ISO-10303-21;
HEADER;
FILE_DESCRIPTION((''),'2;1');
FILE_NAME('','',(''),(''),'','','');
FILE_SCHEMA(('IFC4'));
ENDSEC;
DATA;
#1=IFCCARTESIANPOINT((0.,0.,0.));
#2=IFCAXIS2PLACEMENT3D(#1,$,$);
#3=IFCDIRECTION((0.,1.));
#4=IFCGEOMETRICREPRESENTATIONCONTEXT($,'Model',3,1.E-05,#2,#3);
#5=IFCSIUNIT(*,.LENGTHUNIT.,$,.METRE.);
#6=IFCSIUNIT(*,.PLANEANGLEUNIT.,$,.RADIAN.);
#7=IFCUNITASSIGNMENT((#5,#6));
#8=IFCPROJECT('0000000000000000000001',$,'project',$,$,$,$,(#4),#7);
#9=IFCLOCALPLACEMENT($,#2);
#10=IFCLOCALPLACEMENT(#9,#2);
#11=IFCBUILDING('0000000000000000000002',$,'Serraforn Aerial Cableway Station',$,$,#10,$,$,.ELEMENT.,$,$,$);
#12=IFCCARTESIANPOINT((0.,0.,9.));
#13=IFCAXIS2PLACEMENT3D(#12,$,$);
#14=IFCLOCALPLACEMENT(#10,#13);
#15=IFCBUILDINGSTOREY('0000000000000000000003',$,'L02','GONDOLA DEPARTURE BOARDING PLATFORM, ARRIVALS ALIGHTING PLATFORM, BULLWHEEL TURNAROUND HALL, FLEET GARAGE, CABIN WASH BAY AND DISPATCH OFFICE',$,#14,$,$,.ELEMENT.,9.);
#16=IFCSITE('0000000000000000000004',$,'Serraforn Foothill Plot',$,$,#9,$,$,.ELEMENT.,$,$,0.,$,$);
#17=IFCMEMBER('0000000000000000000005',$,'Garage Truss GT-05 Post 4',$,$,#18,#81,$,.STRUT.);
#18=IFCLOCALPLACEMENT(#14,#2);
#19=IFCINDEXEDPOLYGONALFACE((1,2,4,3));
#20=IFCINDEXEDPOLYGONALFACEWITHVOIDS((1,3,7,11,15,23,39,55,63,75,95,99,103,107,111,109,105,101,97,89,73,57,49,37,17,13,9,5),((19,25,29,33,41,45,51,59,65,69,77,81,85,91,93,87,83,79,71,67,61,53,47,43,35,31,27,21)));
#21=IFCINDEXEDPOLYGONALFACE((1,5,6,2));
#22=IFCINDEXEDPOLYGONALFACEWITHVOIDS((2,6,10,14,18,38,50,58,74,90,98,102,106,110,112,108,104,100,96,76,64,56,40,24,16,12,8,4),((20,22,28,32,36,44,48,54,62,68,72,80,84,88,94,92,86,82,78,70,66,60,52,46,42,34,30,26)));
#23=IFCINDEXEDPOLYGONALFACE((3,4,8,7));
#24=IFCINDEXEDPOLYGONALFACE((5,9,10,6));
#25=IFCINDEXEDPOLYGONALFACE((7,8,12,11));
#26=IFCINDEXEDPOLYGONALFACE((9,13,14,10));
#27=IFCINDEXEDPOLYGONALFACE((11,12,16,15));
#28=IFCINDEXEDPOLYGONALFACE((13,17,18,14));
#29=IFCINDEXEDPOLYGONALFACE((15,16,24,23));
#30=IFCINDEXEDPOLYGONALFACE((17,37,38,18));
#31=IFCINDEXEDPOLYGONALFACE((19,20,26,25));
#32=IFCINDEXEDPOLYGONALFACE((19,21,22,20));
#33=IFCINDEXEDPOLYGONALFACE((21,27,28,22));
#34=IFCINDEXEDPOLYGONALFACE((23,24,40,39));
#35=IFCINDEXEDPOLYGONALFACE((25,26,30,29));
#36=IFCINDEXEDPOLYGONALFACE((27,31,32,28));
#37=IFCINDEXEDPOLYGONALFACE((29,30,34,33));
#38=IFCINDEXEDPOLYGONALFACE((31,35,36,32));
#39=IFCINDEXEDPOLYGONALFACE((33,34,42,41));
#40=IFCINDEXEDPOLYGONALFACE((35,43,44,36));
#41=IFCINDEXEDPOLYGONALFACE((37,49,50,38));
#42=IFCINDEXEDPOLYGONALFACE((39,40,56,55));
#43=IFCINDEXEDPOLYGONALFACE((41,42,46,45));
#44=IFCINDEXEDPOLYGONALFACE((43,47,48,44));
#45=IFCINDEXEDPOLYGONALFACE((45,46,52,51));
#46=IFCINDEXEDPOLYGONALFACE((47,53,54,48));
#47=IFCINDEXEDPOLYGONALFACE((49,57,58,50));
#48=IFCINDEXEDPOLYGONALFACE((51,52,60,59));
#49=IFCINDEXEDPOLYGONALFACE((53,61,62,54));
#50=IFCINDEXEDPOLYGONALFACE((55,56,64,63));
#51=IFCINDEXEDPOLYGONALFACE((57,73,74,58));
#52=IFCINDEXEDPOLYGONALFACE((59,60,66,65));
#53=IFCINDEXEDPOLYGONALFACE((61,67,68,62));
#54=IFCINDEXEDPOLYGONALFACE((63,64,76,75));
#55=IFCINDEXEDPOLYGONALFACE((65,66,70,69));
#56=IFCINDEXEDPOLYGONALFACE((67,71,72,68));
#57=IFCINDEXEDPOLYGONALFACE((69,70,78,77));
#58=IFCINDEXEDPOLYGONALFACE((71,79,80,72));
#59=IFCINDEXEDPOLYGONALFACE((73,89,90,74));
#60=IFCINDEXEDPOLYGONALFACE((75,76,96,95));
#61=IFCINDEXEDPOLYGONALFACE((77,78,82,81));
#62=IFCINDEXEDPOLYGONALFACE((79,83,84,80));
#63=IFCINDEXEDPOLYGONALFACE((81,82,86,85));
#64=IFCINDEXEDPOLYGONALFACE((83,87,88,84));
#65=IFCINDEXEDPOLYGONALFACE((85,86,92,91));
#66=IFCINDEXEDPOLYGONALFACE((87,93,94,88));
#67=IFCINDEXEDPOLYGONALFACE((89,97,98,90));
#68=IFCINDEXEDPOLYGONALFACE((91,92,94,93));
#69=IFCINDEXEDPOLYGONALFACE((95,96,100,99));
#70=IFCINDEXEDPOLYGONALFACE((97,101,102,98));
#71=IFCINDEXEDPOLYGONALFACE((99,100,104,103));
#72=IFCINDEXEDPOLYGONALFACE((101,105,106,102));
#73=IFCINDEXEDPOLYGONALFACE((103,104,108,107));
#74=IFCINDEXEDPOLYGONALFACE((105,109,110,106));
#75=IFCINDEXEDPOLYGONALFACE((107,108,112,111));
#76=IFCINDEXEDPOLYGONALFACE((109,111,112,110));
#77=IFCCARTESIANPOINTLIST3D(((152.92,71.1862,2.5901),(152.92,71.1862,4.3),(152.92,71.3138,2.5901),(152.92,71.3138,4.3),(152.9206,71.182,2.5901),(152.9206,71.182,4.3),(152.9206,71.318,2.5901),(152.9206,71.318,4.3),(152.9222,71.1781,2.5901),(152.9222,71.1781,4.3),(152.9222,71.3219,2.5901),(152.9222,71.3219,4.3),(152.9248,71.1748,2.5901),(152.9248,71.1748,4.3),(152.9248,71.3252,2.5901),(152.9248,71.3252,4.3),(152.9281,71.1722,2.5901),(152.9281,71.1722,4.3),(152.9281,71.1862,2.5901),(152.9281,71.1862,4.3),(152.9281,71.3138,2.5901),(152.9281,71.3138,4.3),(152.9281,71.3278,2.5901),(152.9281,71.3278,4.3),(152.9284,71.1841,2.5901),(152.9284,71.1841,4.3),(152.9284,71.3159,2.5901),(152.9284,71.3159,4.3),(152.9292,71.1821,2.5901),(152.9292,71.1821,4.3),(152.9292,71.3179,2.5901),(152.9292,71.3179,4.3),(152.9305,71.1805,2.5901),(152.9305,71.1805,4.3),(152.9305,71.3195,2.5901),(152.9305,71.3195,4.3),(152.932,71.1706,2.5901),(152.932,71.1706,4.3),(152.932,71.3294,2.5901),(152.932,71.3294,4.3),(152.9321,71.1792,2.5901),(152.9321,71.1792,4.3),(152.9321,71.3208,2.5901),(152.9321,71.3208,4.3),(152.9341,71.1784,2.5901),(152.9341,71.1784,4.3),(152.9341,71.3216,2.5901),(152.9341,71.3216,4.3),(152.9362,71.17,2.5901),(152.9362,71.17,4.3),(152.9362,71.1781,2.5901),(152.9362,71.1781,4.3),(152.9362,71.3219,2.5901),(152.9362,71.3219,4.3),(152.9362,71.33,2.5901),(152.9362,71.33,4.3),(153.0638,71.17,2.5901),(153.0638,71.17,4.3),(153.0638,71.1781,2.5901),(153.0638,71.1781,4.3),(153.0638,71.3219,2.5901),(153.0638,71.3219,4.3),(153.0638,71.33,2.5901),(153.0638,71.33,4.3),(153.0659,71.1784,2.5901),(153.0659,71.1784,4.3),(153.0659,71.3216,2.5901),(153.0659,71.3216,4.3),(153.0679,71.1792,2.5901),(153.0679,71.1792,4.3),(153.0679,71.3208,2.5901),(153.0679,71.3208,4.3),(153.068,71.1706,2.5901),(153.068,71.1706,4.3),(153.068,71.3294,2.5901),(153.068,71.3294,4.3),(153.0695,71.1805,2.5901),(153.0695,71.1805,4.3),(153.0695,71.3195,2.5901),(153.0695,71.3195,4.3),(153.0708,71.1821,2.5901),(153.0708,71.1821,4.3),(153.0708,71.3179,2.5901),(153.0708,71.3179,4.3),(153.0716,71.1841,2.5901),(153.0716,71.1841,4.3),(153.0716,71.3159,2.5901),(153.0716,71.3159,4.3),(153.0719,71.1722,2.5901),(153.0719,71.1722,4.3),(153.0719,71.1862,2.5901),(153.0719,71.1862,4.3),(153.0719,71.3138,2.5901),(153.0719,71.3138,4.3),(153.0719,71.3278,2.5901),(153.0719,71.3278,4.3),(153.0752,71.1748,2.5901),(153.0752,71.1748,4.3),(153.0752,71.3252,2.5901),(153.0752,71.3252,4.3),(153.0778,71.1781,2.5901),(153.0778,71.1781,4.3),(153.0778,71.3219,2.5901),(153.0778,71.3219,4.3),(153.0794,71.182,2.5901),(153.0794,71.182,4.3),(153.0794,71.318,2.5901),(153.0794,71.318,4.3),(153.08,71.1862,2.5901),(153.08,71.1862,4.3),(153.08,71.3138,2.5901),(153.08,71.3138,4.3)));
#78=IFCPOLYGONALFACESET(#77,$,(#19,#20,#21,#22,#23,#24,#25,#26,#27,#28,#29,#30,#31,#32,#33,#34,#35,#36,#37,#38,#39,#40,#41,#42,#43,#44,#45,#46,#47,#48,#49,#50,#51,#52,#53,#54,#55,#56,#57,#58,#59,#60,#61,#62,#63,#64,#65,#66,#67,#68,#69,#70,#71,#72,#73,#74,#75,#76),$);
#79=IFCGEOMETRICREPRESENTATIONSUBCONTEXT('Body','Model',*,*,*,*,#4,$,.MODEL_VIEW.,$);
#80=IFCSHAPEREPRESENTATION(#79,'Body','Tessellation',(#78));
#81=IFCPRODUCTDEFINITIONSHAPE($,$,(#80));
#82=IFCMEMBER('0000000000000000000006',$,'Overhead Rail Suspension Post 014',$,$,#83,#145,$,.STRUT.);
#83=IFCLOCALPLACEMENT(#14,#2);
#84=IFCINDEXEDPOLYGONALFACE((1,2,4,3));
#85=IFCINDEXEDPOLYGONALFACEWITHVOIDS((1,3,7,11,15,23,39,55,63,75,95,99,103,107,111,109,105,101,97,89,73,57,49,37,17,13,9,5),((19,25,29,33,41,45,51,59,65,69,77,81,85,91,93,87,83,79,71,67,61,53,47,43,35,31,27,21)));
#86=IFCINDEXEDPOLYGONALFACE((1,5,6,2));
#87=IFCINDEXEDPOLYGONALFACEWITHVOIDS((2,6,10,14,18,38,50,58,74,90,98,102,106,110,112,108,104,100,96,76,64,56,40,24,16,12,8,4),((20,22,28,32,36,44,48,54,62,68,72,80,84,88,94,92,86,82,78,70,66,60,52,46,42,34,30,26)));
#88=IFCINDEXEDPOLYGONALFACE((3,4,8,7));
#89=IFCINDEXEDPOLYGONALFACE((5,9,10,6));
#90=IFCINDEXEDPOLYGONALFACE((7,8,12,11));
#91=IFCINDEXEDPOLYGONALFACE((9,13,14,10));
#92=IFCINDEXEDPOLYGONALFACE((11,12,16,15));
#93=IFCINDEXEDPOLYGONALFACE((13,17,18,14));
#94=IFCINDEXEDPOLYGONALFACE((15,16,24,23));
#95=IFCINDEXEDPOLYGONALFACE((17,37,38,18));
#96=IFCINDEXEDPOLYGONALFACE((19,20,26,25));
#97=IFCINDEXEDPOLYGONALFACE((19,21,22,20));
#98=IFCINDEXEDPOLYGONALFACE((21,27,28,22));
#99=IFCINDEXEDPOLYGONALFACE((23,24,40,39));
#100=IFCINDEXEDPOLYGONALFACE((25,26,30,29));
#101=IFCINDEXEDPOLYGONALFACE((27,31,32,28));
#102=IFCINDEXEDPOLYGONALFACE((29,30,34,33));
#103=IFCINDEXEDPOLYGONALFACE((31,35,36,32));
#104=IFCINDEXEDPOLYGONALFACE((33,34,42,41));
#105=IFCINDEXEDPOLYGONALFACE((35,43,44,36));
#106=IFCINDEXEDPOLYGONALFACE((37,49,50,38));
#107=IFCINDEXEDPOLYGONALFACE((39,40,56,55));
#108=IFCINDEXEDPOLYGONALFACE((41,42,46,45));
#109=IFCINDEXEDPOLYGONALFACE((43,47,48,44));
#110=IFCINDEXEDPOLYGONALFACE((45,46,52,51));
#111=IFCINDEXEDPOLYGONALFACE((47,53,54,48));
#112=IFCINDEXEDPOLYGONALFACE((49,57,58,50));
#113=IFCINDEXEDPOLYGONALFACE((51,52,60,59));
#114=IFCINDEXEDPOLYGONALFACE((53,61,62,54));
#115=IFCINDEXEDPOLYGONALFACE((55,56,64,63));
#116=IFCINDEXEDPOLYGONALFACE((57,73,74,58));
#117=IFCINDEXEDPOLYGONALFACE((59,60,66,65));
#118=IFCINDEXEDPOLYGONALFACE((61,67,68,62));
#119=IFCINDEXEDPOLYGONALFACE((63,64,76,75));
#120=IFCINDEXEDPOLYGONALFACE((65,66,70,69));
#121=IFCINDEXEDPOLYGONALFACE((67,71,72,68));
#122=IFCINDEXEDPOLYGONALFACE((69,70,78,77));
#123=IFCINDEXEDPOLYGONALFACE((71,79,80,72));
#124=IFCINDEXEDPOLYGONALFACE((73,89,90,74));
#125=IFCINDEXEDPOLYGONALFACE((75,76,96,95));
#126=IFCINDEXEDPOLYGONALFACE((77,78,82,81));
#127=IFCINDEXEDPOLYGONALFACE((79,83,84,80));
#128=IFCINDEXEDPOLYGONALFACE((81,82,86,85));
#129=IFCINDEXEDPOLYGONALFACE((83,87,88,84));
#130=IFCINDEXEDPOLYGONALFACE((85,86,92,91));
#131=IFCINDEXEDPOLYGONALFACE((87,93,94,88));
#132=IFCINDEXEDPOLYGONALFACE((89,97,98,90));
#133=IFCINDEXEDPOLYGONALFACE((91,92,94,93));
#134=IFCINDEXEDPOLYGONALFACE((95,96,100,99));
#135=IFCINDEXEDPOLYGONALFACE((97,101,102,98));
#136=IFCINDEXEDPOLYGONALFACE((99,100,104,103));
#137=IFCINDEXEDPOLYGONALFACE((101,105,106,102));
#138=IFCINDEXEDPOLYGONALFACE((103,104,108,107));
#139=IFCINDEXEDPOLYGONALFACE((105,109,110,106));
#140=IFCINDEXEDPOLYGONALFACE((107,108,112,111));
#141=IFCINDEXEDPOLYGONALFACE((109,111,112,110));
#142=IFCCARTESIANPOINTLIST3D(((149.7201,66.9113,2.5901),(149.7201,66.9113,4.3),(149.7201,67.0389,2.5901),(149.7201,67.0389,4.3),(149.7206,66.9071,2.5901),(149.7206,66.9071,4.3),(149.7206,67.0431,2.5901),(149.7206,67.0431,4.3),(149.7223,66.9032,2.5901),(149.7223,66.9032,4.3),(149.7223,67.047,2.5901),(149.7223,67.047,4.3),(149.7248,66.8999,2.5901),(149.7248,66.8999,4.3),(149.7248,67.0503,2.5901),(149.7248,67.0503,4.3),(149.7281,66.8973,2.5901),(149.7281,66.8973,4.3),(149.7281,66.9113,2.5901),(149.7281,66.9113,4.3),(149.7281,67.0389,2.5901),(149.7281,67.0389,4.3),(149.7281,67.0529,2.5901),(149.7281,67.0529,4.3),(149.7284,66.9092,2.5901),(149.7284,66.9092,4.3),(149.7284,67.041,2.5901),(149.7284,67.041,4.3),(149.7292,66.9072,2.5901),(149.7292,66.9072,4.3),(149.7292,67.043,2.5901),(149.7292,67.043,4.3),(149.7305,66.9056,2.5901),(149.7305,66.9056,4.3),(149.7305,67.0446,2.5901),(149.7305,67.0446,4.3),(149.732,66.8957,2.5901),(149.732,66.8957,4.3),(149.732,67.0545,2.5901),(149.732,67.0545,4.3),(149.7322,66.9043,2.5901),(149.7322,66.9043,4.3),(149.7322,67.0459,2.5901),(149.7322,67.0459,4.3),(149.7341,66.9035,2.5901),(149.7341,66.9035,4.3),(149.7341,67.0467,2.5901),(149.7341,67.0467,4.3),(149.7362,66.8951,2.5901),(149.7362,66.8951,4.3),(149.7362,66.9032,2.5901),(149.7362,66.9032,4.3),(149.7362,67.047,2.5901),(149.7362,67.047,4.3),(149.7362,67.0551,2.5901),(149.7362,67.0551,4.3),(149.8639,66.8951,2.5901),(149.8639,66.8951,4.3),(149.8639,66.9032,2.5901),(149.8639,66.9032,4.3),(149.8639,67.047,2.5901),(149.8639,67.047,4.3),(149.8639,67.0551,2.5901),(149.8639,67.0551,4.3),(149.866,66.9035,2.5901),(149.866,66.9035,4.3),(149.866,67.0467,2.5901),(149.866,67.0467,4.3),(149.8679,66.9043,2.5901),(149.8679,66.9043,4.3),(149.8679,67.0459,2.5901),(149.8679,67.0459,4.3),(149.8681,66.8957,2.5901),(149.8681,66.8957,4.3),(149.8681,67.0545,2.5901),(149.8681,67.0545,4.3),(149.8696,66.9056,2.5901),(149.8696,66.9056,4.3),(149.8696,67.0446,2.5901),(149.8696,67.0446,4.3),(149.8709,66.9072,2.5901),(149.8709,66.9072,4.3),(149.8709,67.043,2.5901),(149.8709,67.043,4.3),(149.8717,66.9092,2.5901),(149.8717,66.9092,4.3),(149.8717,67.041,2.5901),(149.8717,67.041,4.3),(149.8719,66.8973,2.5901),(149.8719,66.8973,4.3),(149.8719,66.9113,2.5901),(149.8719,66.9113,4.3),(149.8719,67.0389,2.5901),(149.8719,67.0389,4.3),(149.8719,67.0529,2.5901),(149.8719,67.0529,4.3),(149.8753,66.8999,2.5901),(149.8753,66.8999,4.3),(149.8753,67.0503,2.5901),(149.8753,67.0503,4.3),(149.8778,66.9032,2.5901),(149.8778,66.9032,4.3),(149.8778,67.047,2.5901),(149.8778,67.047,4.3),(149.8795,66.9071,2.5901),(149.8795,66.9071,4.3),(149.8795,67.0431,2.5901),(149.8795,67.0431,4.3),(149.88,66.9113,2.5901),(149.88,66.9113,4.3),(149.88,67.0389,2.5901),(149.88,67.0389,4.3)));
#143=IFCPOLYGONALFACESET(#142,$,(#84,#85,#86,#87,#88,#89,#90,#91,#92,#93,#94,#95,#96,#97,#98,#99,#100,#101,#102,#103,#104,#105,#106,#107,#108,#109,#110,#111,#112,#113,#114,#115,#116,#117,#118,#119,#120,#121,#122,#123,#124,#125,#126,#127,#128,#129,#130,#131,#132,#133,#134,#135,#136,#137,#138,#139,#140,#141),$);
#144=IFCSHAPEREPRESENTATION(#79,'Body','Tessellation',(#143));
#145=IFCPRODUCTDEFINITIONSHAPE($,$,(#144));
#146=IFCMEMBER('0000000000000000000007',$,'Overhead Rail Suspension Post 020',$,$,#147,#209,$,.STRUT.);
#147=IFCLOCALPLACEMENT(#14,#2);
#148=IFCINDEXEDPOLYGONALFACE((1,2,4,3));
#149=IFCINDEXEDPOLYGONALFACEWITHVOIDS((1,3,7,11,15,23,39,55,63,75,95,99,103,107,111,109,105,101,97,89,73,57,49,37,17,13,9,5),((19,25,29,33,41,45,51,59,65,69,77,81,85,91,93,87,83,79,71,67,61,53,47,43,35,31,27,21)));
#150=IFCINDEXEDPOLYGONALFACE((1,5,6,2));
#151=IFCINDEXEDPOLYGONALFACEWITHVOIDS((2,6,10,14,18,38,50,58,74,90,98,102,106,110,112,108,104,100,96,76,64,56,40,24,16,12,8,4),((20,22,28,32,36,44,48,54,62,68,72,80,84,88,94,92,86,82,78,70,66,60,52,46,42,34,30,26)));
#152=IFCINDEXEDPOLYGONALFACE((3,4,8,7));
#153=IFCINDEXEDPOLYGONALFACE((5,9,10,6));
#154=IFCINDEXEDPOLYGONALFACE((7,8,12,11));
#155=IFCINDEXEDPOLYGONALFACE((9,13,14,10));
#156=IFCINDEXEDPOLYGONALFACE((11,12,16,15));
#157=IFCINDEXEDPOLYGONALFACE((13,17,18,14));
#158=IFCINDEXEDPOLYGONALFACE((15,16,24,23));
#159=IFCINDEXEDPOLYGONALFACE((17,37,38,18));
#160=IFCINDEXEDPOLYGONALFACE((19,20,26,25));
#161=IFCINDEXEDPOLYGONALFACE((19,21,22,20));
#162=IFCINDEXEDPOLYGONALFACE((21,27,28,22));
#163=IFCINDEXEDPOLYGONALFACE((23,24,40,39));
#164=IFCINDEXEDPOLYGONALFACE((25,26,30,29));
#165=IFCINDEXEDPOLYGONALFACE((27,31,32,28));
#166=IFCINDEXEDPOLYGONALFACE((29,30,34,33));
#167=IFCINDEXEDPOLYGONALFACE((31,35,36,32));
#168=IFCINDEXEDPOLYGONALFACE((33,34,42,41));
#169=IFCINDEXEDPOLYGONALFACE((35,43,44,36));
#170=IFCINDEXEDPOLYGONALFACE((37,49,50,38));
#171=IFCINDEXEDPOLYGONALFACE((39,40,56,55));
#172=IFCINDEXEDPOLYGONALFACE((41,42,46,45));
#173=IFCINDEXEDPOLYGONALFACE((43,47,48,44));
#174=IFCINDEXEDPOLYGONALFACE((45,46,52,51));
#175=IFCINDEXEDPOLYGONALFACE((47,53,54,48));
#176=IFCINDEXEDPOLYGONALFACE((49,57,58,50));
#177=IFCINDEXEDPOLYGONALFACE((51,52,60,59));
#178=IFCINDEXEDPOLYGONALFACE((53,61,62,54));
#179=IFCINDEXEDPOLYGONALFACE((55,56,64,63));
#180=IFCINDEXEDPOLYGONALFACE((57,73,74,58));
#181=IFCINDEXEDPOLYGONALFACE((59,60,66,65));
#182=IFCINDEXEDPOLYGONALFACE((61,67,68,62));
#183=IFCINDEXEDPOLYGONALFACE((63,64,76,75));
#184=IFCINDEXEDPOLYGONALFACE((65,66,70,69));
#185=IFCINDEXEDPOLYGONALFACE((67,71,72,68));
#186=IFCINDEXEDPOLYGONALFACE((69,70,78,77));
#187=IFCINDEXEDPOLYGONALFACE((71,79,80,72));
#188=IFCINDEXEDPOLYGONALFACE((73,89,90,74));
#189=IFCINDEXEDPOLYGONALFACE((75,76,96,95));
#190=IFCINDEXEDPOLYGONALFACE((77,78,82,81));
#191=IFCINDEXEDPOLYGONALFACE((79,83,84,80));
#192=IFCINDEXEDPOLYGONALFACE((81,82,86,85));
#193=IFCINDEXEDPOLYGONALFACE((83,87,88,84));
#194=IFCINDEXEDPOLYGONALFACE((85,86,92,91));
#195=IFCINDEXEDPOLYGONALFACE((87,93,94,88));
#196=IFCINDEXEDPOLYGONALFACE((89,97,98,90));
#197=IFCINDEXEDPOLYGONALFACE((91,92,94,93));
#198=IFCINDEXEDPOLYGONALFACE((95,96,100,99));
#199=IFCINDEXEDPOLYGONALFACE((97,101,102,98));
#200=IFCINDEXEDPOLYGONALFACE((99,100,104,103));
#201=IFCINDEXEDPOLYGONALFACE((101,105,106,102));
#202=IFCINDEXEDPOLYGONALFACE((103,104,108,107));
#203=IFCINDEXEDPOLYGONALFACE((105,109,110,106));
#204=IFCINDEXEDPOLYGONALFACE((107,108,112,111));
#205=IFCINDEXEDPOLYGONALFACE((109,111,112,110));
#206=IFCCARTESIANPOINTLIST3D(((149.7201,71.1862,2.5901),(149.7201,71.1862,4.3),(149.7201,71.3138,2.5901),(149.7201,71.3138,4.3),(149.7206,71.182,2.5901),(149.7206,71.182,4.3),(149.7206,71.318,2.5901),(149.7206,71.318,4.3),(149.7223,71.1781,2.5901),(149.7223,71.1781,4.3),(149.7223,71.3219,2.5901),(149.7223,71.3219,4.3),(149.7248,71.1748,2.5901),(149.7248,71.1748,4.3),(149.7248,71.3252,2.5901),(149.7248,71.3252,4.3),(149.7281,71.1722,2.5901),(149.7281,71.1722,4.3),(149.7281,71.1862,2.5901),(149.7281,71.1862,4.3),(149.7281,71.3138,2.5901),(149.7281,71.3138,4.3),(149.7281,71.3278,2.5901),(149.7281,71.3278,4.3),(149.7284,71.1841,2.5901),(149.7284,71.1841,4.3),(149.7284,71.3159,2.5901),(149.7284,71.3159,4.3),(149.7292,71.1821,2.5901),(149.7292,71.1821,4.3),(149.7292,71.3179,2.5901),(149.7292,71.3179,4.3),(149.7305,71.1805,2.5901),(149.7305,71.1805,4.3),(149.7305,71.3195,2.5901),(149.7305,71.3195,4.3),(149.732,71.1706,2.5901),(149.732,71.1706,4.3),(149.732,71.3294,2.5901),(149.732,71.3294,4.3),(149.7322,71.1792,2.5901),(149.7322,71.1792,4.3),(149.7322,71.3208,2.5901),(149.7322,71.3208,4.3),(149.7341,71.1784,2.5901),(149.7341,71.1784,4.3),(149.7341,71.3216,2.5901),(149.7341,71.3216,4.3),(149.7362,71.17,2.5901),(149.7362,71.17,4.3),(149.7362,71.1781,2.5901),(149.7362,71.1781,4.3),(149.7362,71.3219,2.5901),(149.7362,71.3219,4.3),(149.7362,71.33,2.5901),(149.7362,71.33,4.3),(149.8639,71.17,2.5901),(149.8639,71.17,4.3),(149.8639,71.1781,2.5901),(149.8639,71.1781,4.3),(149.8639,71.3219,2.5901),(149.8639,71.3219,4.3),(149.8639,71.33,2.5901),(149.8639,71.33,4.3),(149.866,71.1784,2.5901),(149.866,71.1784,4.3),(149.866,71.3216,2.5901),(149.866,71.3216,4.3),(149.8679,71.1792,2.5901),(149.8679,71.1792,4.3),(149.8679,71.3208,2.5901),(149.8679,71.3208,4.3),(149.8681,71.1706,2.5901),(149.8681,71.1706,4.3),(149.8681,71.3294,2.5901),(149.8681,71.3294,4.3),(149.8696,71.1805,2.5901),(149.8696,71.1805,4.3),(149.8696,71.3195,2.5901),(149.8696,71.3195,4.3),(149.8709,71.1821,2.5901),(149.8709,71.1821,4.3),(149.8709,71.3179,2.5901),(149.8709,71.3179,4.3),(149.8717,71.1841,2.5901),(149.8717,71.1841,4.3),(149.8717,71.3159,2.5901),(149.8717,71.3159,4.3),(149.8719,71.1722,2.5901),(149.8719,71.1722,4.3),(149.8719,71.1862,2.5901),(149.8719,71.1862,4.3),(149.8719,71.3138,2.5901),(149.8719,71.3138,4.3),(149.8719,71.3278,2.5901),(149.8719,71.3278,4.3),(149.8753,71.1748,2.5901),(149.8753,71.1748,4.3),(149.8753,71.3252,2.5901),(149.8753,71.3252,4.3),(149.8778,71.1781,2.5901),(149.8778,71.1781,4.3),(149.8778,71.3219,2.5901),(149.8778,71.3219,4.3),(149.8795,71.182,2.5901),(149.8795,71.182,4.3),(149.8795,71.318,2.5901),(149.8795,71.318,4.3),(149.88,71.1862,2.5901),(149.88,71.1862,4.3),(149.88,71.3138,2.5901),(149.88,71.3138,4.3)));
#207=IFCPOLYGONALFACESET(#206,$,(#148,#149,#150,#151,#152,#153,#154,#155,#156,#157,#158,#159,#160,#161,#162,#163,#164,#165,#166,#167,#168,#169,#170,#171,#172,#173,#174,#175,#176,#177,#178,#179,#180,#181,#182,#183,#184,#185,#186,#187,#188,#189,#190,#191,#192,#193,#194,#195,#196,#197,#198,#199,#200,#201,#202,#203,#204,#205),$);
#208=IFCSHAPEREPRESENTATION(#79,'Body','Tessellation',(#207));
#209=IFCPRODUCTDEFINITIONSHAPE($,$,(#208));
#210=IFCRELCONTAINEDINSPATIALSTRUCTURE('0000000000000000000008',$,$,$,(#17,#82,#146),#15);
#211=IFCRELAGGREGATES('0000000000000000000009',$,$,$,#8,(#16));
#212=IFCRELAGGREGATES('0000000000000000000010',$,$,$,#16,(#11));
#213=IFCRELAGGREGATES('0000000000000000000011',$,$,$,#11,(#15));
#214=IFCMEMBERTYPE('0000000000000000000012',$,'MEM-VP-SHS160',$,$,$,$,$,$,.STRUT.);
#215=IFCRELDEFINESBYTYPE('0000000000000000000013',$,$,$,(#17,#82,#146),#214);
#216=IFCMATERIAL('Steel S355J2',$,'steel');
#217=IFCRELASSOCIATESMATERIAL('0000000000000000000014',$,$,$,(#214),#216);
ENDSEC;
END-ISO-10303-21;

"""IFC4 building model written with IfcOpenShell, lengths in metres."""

from ifc_helpers import new_model, si_unit, direction, frame, origin, origin_2d, place, context, subcontext, project, spatial, hollow_rectangle, extrude, material, material_profile, profile_set, type_object, element, save


model = new_model("IFC4")

# Units and contexts
model_context = context("Model", 3, precision=1e-05, world=origin(), true_north=direction((0.0, 1.0)))
body_context = subcontext(model_context, "Body", "Model", "MODEL_VIEW")
ifc_project = project(units=[si_unit("LENGTHUNIT", "METRE"), si_unit("PLANEANGLEUNIT", "RADIAN")], contexts=[model_context])

# Site, building, storey
site_placement = place(None, origin())
site = spatial("IfcSite", under=ifc_project, at=site_placement, Name="Serraforn Foothill Plot", CompositionType="ELEMENT", RefElevation=0.0)
building_placement = place(site_placement, origin())
building = spatial("IfcBuilding", under=site, at=building_placement, Name="Serraforn Aerial Cableway Station", CompositionType="ELEMENT")
storey_placement = place(building_placement, frame((0.0, 0.0, 9.0)))
storey = spatial("IfcBuildingStorey", under=building, at=storey_placement, Name="L02", Description="GONDOLA DEPARTURE BOARDING PLATFORM, ARRIVALS ALIGHTING PLATFORM, BULLWHEEL TURNAROUND HALL, FLEET GARAGE, CABIN WASH BAY AND DISPATCH OFFICE", CompositionType="ELEMENT", Elevation=9.0)

# Members
ifc_material_1 = material(Name="Steel S355J2", Category="steel")
ifc_material_profile_1 = material_profile(ifc_material_1, hollow_rectangle(XDim=0.1599, YDim=0.1599, WallThickness=0.0081, InnerFilletRadius=0.0081, OuterFilletRadius=0.0161, at=origin_2d()), Name="SHS 160x160x8.0")
ifc_profile_set_1 = profile_set([ifc_material_profile_1], Name="Steel S355J2")
member_type_1 = type_object("IfcMemberType", Name="MEM-VP-SHS160", PredefinedType="STRUT", material=ifc_profile_set_1)
for number, where, z_axis, x_axis, name in (
    (1, (153.0, 71.25, 2.5901), (0.0, 0.0, 1.0), (1.0, 0.0, 0.0), "Garage Truss GT-05 Post 4"),
    (2, (149.8, 66.9751, 2.5901), (0.0, 0.0, 1.0), (1.0, 0.0, 0.0), "Overhead Rail Suspension Post 014"),
    (3, (149.8, 71.25, 2.5901), (0.0, 0.0, 1.0), (1.0, 0.0, 0.0), "Overhead Rail Suspension Post 020"),
):
    element("IfcMember", number, at=place(storey_placement, frame(where, z_axis=z_axis, x_axis=x_axis)), inside=storey, type_object=member_type_1, Name=name, PredefinedType="STRUT", context=body_context, shape_type="SweptSolid", body=[
        extrude(hollow_rectangle(XDim=0.1599, YDim=0.1599, WallThickness=0.0081, InnerFilletRadius=0.0081, OuterFilletRadius=0.0161, at=origin_2d()), origin(), (0.0, 0.0, 1.0), 1.71),
    ])

save(model, "model.ifc")
